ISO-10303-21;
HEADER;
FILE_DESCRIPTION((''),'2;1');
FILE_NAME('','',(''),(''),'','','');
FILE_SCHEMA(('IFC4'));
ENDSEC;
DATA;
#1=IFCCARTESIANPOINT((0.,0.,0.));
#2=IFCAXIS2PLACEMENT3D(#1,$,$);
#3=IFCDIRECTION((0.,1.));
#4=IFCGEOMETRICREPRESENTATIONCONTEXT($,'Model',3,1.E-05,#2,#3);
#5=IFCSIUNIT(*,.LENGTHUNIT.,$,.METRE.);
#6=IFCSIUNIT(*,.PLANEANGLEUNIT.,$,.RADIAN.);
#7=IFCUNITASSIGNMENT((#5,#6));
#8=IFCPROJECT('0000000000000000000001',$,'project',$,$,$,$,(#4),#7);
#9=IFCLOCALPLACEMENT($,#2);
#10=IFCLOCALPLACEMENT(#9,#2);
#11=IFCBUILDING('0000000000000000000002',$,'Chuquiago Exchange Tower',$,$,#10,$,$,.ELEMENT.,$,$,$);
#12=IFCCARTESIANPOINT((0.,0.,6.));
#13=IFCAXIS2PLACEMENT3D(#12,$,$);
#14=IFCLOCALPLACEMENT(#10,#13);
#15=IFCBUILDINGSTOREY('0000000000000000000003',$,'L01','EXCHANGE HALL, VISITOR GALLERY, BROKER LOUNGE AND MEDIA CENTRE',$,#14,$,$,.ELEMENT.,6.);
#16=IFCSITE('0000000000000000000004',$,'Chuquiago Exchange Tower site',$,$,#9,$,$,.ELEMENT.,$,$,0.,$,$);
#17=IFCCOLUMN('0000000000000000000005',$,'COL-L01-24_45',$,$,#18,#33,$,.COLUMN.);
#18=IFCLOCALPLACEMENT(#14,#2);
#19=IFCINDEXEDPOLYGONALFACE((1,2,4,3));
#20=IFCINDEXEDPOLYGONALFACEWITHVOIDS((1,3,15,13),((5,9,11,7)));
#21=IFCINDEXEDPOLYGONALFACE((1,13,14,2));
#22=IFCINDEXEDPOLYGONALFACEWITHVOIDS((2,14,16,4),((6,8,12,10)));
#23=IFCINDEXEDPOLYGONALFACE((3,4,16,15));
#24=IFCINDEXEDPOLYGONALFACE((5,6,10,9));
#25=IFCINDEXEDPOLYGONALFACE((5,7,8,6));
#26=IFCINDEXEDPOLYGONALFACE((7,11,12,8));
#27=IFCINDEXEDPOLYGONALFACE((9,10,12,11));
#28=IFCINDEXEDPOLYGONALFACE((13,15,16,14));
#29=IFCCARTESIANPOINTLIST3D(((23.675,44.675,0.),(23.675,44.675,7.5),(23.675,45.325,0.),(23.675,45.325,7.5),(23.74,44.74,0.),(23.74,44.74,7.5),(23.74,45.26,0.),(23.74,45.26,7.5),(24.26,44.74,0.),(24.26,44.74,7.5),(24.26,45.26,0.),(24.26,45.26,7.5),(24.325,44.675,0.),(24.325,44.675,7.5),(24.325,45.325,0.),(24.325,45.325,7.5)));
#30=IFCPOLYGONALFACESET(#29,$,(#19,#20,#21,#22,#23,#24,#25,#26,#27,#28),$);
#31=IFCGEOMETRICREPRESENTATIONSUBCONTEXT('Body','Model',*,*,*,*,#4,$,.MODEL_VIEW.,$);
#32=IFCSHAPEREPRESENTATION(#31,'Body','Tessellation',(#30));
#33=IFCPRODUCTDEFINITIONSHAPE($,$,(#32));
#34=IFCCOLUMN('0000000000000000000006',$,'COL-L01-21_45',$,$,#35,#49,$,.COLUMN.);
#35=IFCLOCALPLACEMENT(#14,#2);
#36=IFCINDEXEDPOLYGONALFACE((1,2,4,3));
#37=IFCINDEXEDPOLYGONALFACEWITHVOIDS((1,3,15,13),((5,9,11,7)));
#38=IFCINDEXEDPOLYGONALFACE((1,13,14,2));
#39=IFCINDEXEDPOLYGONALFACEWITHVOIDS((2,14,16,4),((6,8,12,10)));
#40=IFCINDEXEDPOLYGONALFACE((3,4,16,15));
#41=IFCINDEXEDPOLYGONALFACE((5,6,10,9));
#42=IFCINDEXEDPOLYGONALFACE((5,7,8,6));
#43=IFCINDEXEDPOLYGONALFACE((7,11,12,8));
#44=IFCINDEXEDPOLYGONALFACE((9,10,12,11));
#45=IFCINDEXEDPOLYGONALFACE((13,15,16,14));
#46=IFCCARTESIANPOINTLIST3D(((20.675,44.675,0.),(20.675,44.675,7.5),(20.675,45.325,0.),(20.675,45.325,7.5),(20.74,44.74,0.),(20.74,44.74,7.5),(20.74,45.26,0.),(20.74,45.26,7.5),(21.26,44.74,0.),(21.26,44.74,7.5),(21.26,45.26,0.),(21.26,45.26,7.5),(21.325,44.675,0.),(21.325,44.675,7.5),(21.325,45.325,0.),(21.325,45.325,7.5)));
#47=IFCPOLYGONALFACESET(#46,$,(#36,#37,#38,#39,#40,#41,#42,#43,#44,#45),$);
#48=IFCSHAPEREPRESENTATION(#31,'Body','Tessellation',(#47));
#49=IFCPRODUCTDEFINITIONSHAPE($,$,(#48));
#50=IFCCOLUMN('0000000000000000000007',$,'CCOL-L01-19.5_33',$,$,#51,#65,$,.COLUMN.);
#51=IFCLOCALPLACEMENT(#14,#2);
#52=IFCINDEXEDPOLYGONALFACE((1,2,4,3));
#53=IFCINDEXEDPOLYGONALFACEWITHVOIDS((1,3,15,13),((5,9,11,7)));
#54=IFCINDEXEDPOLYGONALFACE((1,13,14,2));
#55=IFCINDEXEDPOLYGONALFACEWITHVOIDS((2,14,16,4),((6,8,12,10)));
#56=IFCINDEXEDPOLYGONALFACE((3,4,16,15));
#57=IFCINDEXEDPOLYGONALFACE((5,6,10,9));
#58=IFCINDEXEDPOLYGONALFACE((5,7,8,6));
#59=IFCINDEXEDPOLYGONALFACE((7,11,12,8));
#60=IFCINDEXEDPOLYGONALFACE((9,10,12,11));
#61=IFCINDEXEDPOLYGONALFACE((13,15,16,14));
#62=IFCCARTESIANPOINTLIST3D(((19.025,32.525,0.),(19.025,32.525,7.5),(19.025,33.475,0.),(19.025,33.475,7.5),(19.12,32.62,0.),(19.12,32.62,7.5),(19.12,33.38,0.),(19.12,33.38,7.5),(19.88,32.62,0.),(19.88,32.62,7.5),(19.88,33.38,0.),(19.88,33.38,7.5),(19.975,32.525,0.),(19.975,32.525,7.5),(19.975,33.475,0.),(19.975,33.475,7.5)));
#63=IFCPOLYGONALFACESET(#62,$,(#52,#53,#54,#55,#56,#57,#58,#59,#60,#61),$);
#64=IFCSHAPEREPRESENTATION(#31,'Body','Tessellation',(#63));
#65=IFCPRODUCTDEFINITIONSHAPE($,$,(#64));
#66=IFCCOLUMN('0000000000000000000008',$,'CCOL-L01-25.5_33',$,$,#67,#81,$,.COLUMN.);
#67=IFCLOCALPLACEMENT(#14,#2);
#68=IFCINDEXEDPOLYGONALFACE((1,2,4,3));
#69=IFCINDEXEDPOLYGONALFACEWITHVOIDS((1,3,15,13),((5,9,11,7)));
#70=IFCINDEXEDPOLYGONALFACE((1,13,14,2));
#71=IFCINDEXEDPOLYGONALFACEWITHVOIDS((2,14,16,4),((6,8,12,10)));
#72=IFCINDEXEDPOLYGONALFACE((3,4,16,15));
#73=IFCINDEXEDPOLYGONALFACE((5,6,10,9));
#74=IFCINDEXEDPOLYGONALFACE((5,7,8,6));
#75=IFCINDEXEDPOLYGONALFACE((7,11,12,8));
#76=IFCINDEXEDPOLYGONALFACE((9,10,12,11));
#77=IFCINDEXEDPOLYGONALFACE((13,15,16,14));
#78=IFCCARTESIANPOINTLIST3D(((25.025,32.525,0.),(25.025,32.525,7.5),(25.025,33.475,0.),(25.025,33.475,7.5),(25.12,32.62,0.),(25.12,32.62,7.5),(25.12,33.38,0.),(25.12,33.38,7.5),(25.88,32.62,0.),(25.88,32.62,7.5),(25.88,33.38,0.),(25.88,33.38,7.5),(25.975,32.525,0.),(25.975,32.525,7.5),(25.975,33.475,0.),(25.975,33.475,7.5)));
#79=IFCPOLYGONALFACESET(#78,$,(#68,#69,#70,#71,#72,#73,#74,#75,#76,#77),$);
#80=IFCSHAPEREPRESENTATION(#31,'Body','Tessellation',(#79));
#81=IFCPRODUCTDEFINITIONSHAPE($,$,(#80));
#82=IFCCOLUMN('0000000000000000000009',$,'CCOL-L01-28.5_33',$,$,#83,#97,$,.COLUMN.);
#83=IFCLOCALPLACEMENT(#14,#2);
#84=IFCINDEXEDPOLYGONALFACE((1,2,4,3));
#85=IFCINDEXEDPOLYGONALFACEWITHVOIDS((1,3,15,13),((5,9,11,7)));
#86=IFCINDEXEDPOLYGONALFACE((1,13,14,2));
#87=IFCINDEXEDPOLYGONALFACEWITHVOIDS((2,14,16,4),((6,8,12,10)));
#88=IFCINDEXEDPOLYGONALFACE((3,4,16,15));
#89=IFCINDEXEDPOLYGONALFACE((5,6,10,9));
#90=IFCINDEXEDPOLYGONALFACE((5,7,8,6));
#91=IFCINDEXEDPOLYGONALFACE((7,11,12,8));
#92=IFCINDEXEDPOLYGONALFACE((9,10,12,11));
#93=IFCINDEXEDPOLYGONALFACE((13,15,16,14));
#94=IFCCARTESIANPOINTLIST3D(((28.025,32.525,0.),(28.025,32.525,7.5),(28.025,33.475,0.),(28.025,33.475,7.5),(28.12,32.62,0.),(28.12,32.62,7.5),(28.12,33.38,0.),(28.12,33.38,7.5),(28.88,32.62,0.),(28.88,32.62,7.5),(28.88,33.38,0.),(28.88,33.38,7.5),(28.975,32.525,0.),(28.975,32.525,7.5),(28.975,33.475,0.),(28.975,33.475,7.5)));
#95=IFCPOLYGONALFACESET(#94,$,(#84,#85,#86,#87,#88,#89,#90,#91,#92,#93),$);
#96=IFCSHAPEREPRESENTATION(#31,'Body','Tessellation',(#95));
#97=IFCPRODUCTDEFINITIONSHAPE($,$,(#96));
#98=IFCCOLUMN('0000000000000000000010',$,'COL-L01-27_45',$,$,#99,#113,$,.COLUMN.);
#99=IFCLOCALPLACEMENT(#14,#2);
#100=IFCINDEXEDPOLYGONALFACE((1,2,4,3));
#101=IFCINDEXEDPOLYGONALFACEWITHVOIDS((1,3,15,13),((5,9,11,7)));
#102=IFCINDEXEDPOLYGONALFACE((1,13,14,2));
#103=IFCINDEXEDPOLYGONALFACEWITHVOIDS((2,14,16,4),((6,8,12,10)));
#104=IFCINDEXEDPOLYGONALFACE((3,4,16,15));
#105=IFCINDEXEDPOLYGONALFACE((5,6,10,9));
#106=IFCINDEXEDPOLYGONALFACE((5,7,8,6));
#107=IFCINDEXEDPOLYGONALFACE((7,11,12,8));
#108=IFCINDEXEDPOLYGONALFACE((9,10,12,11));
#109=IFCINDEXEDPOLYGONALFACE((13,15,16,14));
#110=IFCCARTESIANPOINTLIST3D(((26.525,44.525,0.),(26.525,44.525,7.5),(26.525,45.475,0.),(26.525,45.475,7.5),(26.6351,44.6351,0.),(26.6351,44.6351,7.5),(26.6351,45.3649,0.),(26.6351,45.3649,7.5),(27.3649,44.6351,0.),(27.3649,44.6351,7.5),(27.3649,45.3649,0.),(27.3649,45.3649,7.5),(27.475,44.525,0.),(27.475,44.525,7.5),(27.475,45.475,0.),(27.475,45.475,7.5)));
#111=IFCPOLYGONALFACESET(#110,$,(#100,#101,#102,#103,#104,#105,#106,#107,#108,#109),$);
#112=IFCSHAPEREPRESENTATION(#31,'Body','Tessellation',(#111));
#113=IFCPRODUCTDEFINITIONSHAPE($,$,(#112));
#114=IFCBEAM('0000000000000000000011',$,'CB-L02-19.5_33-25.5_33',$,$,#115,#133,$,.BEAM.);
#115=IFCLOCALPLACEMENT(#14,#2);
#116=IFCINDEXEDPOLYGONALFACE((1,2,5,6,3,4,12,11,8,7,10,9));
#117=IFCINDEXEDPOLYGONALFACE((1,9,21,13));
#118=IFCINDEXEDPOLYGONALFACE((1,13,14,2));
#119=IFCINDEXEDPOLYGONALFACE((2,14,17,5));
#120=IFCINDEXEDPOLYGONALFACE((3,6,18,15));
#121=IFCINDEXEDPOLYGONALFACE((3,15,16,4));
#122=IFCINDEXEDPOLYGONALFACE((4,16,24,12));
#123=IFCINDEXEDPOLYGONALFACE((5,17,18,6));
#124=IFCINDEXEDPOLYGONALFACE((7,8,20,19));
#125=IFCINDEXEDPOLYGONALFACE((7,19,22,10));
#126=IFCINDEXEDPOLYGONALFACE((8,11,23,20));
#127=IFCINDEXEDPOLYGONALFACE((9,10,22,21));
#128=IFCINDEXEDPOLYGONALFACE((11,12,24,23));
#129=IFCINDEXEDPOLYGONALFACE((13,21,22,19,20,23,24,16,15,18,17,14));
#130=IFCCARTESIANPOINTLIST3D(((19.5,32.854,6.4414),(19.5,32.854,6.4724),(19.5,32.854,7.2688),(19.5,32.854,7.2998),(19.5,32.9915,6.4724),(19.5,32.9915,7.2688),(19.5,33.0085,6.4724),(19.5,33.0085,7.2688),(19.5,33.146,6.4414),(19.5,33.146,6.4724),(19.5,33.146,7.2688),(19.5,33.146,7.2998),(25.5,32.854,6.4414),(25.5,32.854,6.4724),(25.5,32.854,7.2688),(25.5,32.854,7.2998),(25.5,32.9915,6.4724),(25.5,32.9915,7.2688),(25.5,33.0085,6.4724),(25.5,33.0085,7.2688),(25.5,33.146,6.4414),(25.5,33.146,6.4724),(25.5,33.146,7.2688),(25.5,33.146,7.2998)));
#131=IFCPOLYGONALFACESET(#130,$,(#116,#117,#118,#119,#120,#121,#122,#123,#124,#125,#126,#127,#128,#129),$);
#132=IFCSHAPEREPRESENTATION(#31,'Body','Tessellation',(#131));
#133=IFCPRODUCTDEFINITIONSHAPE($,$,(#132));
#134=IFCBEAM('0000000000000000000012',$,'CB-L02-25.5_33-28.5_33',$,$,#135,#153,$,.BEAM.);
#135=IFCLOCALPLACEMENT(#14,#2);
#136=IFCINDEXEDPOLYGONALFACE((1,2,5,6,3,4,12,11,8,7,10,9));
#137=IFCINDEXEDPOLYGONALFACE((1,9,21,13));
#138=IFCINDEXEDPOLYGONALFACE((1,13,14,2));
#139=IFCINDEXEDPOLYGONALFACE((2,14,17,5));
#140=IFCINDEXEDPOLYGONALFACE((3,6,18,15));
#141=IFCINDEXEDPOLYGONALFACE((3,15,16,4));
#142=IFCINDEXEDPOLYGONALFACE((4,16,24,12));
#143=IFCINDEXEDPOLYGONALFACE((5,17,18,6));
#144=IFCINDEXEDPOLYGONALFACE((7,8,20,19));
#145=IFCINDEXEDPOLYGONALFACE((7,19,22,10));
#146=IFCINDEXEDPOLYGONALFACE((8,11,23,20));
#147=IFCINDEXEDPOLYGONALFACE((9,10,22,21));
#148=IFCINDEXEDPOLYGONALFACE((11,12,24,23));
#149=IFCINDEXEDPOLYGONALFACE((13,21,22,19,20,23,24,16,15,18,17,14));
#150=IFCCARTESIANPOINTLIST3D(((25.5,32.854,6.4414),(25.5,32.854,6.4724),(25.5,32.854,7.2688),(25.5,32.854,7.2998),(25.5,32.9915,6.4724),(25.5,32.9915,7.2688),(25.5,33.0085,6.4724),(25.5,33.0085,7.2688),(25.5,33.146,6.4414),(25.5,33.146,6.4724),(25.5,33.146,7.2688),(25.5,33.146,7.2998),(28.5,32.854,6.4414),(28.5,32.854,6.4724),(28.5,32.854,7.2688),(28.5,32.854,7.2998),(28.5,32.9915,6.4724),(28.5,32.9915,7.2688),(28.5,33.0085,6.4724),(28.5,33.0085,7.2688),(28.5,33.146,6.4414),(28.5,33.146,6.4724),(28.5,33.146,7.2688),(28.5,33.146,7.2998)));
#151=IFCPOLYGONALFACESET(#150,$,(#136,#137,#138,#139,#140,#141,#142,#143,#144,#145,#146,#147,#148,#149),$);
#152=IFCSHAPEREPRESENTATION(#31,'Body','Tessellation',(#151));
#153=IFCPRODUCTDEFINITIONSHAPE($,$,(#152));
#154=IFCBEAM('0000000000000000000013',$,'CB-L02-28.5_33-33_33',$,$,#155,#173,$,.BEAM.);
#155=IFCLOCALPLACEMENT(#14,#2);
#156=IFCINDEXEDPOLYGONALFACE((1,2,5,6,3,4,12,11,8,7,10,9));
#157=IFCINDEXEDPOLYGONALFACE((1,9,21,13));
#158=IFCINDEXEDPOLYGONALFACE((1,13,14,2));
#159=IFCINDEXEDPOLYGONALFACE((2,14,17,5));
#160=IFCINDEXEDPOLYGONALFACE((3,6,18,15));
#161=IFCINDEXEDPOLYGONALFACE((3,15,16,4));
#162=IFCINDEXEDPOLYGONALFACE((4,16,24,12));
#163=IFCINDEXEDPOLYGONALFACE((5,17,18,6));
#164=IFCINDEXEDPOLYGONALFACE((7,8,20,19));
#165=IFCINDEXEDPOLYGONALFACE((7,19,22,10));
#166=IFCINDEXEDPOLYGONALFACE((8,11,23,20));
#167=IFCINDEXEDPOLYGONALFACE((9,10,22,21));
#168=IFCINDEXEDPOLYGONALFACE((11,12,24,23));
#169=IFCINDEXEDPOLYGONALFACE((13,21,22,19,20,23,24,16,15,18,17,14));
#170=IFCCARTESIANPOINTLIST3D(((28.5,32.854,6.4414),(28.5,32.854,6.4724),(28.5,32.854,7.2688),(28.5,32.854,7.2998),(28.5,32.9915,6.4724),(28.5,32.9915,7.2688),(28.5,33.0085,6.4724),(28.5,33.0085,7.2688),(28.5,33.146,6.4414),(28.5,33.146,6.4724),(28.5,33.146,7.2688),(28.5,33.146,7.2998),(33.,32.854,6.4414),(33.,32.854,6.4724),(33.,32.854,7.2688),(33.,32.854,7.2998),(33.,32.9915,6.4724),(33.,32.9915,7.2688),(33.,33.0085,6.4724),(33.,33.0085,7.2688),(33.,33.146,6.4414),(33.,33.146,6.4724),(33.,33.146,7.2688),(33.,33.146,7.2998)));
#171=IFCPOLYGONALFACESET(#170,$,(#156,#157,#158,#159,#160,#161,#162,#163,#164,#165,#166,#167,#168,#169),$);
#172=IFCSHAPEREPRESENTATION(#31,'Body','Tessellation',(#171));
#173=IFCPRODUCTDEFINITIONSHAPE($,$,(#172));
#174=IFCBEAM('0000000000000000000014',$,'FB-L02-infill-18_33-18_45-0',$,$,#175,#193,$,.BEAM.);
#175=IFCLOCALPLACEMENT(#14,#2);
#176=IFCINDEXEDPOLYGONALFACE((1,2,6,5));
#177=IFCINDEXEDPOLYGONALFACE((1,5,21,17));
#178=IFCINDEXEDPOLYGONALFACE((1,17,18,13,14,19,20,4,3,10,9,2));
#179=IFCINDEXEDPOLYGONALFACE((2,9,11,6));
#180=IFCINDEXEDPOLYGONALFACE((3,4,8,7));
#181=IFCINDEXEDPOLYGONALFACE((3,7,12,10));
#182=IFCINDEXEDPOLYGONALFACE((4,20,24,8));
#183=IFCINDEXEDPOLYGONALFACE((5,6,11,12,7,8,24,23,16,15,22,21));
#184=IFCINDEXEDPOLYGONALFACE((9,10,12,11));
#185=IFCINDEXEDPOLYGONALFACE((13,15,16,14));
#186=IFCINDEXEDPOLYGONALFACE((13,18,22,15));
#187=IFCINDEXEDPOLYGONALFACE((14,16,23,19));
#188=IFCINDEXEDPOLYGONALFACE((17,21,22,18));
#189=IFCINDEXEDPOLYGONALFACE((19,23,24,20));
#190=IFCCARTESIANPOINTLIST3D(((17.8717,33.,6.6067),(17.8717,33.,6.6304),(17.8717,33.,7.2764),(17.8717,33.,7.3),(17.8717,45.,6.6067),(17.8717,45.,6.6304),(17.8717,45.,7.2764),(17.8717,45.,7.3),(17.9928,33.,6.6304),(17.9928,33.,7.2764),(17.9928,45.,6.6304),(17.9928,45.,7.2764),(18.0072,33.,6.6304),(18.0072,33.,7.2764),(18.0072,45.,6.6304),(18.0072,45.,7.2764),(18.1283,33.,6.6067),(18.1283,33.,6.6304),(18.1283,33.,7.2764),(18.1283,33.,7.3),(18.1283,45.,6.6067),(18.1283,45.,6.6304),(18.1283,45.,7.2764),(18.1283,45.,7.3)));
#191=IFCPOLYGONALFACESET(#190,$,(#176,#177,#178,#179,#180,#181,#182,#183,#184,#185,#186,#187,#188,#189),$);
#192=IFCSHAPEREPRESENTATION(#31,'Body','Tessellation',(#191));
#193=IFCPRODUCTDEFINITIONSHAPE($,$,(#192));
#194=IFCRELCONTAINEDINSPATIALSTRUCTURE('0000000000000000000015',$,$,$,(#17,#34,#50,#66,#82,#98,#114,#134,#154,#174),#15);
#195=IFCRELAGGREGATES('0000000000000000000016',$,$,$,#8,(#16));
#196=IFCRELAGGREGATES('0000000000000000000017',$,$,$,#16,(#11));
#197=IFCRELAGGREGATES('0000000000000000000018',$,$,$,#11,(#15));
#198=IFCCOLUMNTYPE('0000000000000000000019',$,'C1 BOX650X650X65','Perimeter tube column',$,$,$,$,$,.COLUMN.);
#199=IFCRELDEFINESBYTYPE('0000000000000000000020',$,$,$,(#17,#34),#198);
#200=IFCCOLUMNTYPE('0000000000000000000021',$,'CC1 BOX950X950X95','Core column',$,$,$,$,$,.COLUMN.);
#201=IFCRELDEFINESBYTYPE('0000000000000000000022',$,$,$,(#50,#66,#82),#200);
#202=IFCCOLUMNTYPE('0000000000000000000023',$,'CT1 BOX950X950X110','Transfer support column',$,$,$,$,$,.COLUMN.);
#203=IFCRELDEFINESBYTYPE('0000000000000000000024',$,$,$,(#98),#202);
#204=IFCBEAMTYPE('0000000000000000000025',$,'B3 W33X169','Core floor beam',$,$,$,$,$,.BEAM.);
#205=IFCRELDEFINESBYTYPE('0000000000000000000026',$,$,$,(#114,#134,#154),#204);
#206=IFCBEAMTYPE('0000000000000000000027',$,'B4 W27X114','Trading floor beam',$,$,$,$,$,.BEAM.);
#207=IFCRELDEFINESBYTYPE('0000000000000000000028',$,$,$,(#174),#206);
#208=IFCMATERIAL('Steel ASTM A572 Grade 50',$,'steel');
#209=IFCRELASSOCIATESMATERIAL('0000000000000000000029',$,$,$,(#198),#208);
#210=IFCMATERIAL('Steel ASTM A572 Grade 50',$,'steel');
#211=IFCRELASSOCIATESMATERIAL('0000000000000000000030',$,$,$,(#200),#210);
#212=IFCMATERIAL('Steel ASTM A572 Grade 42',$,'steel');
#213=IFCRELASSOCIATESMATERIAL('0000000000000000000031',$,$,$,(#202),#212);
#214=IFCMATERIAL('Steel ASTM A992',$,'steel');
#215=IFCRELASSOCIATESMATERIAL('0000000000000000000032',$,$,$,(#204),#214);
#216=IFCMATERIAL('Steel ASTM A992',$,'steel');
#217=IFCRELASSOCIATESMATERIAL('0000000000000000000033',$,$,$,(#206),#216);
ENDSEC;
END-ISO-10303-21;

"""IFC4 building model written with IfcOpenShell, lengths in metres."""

from ifc_helpers import new_model, si_unit, direction, frame, origin, origin_2d, place, context, subcontext, project, spatial, hollow_rectangle, i_section, extrude, material, material_profile, profile_set, type_object, element, save


model = new_model("IFC4")

# Units and contexts
model_context = context("Model", 3, precision=1e-05, world=origin(), true_north=direction((0.0, 1.0)))
body_context = subcontext(model_context, "Body", "Model", "MODEL_VIEW")
ifc_project = project(units=[si_unit("LENGTHUNIT", "METRE"), si_unit("PLANEANGLEUNIT", "RADIAN")], contexts=[model_context])

# Site, building, storey
site_placement = place(None, origin())
site = spatial("IfcSite", under=ifc_project, at=site_placement, Name="Chuquiago Exchange Tower site", CompositionType="ELEMENT", RefElevation=0.0)
building_placement = place(site_placement, origin())
building = spatial("IfcBuilding", under=site, at=building_placement, Name="Chuquiago Exchange Tower", CompositionType="ELEMENT")
storey_placement = place(building_placement, frame((0.0, 0.0, 6.0)))
storey = spatial("IfcBuildingStorey", under=building, at=storey_placement, Name="L01", Description="EXCHANGE HALL, VISITOR GALLERY, BROKER LOUNGE AND MEDIA CENTRE", CompositionType="ELEMENT", Elevation=6.0)

# Columns
ifc_material_1 = material(Name="Steel ASTM A572 Grade 50", Category="steel")
ifc_material_profile_1 = material_profile(ifc_material_1, hollow_rectangle(XDim=0.6499, YDim=0.6499, WallThickness=0.0649, at=origin_2d()), Name="BOX650X650X65")
ifc_profile_set_1 = profile_set([ifc_material_profile_1], Name="Steel ASTM A572 Grade 50")
column_type_1 = type_object("IfcColumnType", Name="C1 BOX650X650X65", Description="Perimeter tube column", PredefinedType="COLUMN", material=ifc_profile_set_1)
for number, where, z_axis, x_axis, name in (
    (1, (24.0, 45.0, 0.0), (0.0, 0.0, 1.0), (0.0, 1.0, 0.0), "COL-L01-24_45"),
    (2, (21.0, 45.0, 0.0), (0.0, 0.0, 1.0), (0.0, 1.0, 0.0), "COL-L01-21_45"),
):
    element("IfcColumn", number, at=place(storey_placement, frame(where, z_axis=z_axis, x_axis=x_axis)), inside=storey, type_object=column_type_1, Name=name, PredefinedType="COLUMN", context=body_context, shape_type="SweptSolid", body=[
        extrude(hollow_rectangle(XDim=0.6499, YDim=0.6499, WallThickness=0.0649, at=origin_2d()), origin(), (0.0, 0.0, 1.0), 7.5),
    ])
ifc_material_2 = material(Name="Steel ASTM A572 Grade 50", Category="steel")
ifc_material_profile_2 = material_profile(ifc_material_2, hollow_rectangle(XDim=0.95, YDim=0.95, WallThickness=0.095, at=origin_2d()), Name="BOX950X950X95")
ifc_profile_set_2 = profile_set([ifc_material_profile_2], Name="Steel ASTM A572 Grade 50")
column_type_2 = type_object("IfcColumnType", Name="CC1 BOX950X950X95", Description="Core column", PredefinedType="COLUMN", material=ifc_profile_set_2)
for number, where, z_axis, x_axis, name in (
    (3, (19.5, 33.0, 0.0), (0.0, 0.0, 1.0), (1.0, 0.0, 0.0), "CCOL-L01-19.5_33"),
    (4, (25.5, 33.0, 0.0), (0.0, 0.0, 1.0), (1.0, 0.0, 0.0), "CCOL-L01-25.5_33"),
    (5, (28.5, 33.0, 0.0), (0.0, 0.0, 1.0), (1.0, 0.0, 0.0), "CCOL-L01-28.5_33"),
):
    element("IfcColumn", number, at=place(storey_placement, frame(where, z_axis=z_axis, x_axis=x_axis)), inside=storey, type_object=column_type_2, Name=name, PredefinedType="COLUMN", context=body_context, shape_type="SweptSolid", body=[
        extrude(hollow_rectangle(XDim=0.95, YDim=0.95, WallThickness=0.095, at=origin_2d()), origin(), (0.0, 0.0, 1.0), 7.5),
    ])
ifc_material_3 = material(Name="Steel ASTM A572 Grade 42", Category="steel")
ifc_material_profile_3 = material_profile(ifc_material_3, hollow_rectangle(XDim=0.95, YDim=0.95, WallThickness=0.1101, at=origin_2d()), Name="BOX950X950X110")
ifc_profile_set_3 = profile_set([ifc_material_profile_3], Name="Steel ASTM A572 Grade 42")
column_type_3 = type_object("IfcColumnType", Name="CT1 BOX950X950X110", Description="Transfer support column", PredefinedType="COLUMN", material=ifc_profile_set_3)
column_placement = place(storey_placement, frame((27.0, 45.0, 0.0), z_axis=(0.0, 0.0, 1.0), x_axis=(0.0, 1.0, 0.0)))
element("IfcColumn", 6, at=column_placement, inside=storey, type_object=column_type_3, Name="COL-L01-27_45", PredefinedType="COLUMN", context=body_context, shape_type="SweptSolid", body=[
    extrude(hollow_rectangle(XDim=0.95, YDim=0.95, WallThickness=0.1101, at=origin_2d()), origin(), (0.0, 0.0, 1.0), 7.5),
])

# Beams
ifc_material_4 = material(Name="Steel ASTM A992", Category="steel")
ifc_material_profile_4 = material_profile(ifc_material_4, i_section(OverallWidth=0.292, OverallDepth=0.8584, WebThickness=0.0171, FlangeThickness=0.031, at=origin_2d()), Name="W33X169")
ifc_profile_set_4 = profile_set([ifc_material_profile_4], Name="Steel ASTM A992")
beam_type_1 = type_object("IfcBeamType", Name="B3 W33X169", Description="Core floor beam", PredefinedType="BEAM", material=ifc_profile_set_4)
beam_1_placement = place(storey_placement, frame((19.5, 33.0, 6.8706), z_axis=(1.0, 0.0, 0.0), x_axis=(0.0, 1.0, 0.0)))
element("IfcBeam", 7, at=beam_1_placement, inside=storey, type_object=beam_type_1, Name="CB-L02-19.5_33-25.5_33", PredefinedType="BEAM", context=body_context, shape_type="SweptSolid", body=[
    extrude(i_section(OverallWidth=0.292, OverallDepth=0.8584, WebThickness=0.0171, FlangeThickness=0.031, at=origin_2d()), origin(), (0.0, 0.0, 1.0), 6.0),
])
beam_2_placement = place(storey_placement, frame((25.5, 33.0, 6.8706), z_axis=(1.0, 0.0, 0.0), x_axis=(0.0, 1.0, 0.0)))
element("IfcBeam", 8, at=beam_2_placement, inside=storey, type_object=beam_type_1, Name="CB-L02-25.5_33-28.5_33", PredefinedType="BEAM", context=body_context, shape_type="SweptSolid", body=[
    extrude(i_section(OverallWidth=0.292, OverallDepth=0.8584, WebThickness=0.0171, FlangeThickness=0.031, at=origin_2d()), origin(), (0.0, 0.0, 1.0), 3.0),
])
beam_3_placement = place(storey_placement, frame((28.5, 33.0, 6.8706), z_axis=(1.0, 0.0, 0.0), x_axis=(0.0, 1.0, 0.0)))
element("IfcBeam", 9, at=beam_3_placement, inside=storey, type_object=beam_type_1, Name="CB-L02-28.5_33-33_33", PredefinedType="BEAM", context=body_context, shape_type="SweptSolid", body=[
    extrude(i_section(OverallWidth=0.292, OverallDepth=0.8584, WebThickness=0.0171, FlangeThickness=0.031, at=origin_2d()), origin(), (0.0, 0.0, 1.0), 4.5),
])
ifc_material_5 = material(Name="Steel ASTM A992", Category="steel")
ifc_material_profile_5 = material_profile(ifc_material_5, i_section(OverallWidth=0.2566, OverallDepth=0.6934, WebThickness=0.0144, FlangeThickness=0.0237, at=origin_2d()), Name="W27X114")
ifc_profile_set_5 = profile_set([ifc_material_profile_5], Name="Steel ASTM A992")
beam_type_2 = type_object("IfcBeamType", Name="B4 W27X114", Description="Trading floor beam", PredefinedType="BEAM", material=ifc_profile_set_5)
for number, where, z_axis, x_axis, name in (
    (10, (18.0, 33.0, 6.9534), (0.0, 1.0, 0.0), (-1.0, 0.0, 0.0), "FB-L02-infill-18_33-18_45-0"),
):
    element("IfcBeam", number, at=place(storey_placement, frame(where, z_axis=z_axis, x_axis=x_axis)), inside=storey, type_object=beam_type_2, Name=name, PredefinedType="BEAM", context=body_context, shape_type="SweptSolid", body=[
        extrude(i_section(OverallWidth=0.2566, OverallDepth=0.6934, WebThickness=0.0144, FlangeThickness=0.0237, at=origin_2d()), origin(), (0.0, 0.0, 1.0), 12.0),
    ])

save(model, "model.ifc")
